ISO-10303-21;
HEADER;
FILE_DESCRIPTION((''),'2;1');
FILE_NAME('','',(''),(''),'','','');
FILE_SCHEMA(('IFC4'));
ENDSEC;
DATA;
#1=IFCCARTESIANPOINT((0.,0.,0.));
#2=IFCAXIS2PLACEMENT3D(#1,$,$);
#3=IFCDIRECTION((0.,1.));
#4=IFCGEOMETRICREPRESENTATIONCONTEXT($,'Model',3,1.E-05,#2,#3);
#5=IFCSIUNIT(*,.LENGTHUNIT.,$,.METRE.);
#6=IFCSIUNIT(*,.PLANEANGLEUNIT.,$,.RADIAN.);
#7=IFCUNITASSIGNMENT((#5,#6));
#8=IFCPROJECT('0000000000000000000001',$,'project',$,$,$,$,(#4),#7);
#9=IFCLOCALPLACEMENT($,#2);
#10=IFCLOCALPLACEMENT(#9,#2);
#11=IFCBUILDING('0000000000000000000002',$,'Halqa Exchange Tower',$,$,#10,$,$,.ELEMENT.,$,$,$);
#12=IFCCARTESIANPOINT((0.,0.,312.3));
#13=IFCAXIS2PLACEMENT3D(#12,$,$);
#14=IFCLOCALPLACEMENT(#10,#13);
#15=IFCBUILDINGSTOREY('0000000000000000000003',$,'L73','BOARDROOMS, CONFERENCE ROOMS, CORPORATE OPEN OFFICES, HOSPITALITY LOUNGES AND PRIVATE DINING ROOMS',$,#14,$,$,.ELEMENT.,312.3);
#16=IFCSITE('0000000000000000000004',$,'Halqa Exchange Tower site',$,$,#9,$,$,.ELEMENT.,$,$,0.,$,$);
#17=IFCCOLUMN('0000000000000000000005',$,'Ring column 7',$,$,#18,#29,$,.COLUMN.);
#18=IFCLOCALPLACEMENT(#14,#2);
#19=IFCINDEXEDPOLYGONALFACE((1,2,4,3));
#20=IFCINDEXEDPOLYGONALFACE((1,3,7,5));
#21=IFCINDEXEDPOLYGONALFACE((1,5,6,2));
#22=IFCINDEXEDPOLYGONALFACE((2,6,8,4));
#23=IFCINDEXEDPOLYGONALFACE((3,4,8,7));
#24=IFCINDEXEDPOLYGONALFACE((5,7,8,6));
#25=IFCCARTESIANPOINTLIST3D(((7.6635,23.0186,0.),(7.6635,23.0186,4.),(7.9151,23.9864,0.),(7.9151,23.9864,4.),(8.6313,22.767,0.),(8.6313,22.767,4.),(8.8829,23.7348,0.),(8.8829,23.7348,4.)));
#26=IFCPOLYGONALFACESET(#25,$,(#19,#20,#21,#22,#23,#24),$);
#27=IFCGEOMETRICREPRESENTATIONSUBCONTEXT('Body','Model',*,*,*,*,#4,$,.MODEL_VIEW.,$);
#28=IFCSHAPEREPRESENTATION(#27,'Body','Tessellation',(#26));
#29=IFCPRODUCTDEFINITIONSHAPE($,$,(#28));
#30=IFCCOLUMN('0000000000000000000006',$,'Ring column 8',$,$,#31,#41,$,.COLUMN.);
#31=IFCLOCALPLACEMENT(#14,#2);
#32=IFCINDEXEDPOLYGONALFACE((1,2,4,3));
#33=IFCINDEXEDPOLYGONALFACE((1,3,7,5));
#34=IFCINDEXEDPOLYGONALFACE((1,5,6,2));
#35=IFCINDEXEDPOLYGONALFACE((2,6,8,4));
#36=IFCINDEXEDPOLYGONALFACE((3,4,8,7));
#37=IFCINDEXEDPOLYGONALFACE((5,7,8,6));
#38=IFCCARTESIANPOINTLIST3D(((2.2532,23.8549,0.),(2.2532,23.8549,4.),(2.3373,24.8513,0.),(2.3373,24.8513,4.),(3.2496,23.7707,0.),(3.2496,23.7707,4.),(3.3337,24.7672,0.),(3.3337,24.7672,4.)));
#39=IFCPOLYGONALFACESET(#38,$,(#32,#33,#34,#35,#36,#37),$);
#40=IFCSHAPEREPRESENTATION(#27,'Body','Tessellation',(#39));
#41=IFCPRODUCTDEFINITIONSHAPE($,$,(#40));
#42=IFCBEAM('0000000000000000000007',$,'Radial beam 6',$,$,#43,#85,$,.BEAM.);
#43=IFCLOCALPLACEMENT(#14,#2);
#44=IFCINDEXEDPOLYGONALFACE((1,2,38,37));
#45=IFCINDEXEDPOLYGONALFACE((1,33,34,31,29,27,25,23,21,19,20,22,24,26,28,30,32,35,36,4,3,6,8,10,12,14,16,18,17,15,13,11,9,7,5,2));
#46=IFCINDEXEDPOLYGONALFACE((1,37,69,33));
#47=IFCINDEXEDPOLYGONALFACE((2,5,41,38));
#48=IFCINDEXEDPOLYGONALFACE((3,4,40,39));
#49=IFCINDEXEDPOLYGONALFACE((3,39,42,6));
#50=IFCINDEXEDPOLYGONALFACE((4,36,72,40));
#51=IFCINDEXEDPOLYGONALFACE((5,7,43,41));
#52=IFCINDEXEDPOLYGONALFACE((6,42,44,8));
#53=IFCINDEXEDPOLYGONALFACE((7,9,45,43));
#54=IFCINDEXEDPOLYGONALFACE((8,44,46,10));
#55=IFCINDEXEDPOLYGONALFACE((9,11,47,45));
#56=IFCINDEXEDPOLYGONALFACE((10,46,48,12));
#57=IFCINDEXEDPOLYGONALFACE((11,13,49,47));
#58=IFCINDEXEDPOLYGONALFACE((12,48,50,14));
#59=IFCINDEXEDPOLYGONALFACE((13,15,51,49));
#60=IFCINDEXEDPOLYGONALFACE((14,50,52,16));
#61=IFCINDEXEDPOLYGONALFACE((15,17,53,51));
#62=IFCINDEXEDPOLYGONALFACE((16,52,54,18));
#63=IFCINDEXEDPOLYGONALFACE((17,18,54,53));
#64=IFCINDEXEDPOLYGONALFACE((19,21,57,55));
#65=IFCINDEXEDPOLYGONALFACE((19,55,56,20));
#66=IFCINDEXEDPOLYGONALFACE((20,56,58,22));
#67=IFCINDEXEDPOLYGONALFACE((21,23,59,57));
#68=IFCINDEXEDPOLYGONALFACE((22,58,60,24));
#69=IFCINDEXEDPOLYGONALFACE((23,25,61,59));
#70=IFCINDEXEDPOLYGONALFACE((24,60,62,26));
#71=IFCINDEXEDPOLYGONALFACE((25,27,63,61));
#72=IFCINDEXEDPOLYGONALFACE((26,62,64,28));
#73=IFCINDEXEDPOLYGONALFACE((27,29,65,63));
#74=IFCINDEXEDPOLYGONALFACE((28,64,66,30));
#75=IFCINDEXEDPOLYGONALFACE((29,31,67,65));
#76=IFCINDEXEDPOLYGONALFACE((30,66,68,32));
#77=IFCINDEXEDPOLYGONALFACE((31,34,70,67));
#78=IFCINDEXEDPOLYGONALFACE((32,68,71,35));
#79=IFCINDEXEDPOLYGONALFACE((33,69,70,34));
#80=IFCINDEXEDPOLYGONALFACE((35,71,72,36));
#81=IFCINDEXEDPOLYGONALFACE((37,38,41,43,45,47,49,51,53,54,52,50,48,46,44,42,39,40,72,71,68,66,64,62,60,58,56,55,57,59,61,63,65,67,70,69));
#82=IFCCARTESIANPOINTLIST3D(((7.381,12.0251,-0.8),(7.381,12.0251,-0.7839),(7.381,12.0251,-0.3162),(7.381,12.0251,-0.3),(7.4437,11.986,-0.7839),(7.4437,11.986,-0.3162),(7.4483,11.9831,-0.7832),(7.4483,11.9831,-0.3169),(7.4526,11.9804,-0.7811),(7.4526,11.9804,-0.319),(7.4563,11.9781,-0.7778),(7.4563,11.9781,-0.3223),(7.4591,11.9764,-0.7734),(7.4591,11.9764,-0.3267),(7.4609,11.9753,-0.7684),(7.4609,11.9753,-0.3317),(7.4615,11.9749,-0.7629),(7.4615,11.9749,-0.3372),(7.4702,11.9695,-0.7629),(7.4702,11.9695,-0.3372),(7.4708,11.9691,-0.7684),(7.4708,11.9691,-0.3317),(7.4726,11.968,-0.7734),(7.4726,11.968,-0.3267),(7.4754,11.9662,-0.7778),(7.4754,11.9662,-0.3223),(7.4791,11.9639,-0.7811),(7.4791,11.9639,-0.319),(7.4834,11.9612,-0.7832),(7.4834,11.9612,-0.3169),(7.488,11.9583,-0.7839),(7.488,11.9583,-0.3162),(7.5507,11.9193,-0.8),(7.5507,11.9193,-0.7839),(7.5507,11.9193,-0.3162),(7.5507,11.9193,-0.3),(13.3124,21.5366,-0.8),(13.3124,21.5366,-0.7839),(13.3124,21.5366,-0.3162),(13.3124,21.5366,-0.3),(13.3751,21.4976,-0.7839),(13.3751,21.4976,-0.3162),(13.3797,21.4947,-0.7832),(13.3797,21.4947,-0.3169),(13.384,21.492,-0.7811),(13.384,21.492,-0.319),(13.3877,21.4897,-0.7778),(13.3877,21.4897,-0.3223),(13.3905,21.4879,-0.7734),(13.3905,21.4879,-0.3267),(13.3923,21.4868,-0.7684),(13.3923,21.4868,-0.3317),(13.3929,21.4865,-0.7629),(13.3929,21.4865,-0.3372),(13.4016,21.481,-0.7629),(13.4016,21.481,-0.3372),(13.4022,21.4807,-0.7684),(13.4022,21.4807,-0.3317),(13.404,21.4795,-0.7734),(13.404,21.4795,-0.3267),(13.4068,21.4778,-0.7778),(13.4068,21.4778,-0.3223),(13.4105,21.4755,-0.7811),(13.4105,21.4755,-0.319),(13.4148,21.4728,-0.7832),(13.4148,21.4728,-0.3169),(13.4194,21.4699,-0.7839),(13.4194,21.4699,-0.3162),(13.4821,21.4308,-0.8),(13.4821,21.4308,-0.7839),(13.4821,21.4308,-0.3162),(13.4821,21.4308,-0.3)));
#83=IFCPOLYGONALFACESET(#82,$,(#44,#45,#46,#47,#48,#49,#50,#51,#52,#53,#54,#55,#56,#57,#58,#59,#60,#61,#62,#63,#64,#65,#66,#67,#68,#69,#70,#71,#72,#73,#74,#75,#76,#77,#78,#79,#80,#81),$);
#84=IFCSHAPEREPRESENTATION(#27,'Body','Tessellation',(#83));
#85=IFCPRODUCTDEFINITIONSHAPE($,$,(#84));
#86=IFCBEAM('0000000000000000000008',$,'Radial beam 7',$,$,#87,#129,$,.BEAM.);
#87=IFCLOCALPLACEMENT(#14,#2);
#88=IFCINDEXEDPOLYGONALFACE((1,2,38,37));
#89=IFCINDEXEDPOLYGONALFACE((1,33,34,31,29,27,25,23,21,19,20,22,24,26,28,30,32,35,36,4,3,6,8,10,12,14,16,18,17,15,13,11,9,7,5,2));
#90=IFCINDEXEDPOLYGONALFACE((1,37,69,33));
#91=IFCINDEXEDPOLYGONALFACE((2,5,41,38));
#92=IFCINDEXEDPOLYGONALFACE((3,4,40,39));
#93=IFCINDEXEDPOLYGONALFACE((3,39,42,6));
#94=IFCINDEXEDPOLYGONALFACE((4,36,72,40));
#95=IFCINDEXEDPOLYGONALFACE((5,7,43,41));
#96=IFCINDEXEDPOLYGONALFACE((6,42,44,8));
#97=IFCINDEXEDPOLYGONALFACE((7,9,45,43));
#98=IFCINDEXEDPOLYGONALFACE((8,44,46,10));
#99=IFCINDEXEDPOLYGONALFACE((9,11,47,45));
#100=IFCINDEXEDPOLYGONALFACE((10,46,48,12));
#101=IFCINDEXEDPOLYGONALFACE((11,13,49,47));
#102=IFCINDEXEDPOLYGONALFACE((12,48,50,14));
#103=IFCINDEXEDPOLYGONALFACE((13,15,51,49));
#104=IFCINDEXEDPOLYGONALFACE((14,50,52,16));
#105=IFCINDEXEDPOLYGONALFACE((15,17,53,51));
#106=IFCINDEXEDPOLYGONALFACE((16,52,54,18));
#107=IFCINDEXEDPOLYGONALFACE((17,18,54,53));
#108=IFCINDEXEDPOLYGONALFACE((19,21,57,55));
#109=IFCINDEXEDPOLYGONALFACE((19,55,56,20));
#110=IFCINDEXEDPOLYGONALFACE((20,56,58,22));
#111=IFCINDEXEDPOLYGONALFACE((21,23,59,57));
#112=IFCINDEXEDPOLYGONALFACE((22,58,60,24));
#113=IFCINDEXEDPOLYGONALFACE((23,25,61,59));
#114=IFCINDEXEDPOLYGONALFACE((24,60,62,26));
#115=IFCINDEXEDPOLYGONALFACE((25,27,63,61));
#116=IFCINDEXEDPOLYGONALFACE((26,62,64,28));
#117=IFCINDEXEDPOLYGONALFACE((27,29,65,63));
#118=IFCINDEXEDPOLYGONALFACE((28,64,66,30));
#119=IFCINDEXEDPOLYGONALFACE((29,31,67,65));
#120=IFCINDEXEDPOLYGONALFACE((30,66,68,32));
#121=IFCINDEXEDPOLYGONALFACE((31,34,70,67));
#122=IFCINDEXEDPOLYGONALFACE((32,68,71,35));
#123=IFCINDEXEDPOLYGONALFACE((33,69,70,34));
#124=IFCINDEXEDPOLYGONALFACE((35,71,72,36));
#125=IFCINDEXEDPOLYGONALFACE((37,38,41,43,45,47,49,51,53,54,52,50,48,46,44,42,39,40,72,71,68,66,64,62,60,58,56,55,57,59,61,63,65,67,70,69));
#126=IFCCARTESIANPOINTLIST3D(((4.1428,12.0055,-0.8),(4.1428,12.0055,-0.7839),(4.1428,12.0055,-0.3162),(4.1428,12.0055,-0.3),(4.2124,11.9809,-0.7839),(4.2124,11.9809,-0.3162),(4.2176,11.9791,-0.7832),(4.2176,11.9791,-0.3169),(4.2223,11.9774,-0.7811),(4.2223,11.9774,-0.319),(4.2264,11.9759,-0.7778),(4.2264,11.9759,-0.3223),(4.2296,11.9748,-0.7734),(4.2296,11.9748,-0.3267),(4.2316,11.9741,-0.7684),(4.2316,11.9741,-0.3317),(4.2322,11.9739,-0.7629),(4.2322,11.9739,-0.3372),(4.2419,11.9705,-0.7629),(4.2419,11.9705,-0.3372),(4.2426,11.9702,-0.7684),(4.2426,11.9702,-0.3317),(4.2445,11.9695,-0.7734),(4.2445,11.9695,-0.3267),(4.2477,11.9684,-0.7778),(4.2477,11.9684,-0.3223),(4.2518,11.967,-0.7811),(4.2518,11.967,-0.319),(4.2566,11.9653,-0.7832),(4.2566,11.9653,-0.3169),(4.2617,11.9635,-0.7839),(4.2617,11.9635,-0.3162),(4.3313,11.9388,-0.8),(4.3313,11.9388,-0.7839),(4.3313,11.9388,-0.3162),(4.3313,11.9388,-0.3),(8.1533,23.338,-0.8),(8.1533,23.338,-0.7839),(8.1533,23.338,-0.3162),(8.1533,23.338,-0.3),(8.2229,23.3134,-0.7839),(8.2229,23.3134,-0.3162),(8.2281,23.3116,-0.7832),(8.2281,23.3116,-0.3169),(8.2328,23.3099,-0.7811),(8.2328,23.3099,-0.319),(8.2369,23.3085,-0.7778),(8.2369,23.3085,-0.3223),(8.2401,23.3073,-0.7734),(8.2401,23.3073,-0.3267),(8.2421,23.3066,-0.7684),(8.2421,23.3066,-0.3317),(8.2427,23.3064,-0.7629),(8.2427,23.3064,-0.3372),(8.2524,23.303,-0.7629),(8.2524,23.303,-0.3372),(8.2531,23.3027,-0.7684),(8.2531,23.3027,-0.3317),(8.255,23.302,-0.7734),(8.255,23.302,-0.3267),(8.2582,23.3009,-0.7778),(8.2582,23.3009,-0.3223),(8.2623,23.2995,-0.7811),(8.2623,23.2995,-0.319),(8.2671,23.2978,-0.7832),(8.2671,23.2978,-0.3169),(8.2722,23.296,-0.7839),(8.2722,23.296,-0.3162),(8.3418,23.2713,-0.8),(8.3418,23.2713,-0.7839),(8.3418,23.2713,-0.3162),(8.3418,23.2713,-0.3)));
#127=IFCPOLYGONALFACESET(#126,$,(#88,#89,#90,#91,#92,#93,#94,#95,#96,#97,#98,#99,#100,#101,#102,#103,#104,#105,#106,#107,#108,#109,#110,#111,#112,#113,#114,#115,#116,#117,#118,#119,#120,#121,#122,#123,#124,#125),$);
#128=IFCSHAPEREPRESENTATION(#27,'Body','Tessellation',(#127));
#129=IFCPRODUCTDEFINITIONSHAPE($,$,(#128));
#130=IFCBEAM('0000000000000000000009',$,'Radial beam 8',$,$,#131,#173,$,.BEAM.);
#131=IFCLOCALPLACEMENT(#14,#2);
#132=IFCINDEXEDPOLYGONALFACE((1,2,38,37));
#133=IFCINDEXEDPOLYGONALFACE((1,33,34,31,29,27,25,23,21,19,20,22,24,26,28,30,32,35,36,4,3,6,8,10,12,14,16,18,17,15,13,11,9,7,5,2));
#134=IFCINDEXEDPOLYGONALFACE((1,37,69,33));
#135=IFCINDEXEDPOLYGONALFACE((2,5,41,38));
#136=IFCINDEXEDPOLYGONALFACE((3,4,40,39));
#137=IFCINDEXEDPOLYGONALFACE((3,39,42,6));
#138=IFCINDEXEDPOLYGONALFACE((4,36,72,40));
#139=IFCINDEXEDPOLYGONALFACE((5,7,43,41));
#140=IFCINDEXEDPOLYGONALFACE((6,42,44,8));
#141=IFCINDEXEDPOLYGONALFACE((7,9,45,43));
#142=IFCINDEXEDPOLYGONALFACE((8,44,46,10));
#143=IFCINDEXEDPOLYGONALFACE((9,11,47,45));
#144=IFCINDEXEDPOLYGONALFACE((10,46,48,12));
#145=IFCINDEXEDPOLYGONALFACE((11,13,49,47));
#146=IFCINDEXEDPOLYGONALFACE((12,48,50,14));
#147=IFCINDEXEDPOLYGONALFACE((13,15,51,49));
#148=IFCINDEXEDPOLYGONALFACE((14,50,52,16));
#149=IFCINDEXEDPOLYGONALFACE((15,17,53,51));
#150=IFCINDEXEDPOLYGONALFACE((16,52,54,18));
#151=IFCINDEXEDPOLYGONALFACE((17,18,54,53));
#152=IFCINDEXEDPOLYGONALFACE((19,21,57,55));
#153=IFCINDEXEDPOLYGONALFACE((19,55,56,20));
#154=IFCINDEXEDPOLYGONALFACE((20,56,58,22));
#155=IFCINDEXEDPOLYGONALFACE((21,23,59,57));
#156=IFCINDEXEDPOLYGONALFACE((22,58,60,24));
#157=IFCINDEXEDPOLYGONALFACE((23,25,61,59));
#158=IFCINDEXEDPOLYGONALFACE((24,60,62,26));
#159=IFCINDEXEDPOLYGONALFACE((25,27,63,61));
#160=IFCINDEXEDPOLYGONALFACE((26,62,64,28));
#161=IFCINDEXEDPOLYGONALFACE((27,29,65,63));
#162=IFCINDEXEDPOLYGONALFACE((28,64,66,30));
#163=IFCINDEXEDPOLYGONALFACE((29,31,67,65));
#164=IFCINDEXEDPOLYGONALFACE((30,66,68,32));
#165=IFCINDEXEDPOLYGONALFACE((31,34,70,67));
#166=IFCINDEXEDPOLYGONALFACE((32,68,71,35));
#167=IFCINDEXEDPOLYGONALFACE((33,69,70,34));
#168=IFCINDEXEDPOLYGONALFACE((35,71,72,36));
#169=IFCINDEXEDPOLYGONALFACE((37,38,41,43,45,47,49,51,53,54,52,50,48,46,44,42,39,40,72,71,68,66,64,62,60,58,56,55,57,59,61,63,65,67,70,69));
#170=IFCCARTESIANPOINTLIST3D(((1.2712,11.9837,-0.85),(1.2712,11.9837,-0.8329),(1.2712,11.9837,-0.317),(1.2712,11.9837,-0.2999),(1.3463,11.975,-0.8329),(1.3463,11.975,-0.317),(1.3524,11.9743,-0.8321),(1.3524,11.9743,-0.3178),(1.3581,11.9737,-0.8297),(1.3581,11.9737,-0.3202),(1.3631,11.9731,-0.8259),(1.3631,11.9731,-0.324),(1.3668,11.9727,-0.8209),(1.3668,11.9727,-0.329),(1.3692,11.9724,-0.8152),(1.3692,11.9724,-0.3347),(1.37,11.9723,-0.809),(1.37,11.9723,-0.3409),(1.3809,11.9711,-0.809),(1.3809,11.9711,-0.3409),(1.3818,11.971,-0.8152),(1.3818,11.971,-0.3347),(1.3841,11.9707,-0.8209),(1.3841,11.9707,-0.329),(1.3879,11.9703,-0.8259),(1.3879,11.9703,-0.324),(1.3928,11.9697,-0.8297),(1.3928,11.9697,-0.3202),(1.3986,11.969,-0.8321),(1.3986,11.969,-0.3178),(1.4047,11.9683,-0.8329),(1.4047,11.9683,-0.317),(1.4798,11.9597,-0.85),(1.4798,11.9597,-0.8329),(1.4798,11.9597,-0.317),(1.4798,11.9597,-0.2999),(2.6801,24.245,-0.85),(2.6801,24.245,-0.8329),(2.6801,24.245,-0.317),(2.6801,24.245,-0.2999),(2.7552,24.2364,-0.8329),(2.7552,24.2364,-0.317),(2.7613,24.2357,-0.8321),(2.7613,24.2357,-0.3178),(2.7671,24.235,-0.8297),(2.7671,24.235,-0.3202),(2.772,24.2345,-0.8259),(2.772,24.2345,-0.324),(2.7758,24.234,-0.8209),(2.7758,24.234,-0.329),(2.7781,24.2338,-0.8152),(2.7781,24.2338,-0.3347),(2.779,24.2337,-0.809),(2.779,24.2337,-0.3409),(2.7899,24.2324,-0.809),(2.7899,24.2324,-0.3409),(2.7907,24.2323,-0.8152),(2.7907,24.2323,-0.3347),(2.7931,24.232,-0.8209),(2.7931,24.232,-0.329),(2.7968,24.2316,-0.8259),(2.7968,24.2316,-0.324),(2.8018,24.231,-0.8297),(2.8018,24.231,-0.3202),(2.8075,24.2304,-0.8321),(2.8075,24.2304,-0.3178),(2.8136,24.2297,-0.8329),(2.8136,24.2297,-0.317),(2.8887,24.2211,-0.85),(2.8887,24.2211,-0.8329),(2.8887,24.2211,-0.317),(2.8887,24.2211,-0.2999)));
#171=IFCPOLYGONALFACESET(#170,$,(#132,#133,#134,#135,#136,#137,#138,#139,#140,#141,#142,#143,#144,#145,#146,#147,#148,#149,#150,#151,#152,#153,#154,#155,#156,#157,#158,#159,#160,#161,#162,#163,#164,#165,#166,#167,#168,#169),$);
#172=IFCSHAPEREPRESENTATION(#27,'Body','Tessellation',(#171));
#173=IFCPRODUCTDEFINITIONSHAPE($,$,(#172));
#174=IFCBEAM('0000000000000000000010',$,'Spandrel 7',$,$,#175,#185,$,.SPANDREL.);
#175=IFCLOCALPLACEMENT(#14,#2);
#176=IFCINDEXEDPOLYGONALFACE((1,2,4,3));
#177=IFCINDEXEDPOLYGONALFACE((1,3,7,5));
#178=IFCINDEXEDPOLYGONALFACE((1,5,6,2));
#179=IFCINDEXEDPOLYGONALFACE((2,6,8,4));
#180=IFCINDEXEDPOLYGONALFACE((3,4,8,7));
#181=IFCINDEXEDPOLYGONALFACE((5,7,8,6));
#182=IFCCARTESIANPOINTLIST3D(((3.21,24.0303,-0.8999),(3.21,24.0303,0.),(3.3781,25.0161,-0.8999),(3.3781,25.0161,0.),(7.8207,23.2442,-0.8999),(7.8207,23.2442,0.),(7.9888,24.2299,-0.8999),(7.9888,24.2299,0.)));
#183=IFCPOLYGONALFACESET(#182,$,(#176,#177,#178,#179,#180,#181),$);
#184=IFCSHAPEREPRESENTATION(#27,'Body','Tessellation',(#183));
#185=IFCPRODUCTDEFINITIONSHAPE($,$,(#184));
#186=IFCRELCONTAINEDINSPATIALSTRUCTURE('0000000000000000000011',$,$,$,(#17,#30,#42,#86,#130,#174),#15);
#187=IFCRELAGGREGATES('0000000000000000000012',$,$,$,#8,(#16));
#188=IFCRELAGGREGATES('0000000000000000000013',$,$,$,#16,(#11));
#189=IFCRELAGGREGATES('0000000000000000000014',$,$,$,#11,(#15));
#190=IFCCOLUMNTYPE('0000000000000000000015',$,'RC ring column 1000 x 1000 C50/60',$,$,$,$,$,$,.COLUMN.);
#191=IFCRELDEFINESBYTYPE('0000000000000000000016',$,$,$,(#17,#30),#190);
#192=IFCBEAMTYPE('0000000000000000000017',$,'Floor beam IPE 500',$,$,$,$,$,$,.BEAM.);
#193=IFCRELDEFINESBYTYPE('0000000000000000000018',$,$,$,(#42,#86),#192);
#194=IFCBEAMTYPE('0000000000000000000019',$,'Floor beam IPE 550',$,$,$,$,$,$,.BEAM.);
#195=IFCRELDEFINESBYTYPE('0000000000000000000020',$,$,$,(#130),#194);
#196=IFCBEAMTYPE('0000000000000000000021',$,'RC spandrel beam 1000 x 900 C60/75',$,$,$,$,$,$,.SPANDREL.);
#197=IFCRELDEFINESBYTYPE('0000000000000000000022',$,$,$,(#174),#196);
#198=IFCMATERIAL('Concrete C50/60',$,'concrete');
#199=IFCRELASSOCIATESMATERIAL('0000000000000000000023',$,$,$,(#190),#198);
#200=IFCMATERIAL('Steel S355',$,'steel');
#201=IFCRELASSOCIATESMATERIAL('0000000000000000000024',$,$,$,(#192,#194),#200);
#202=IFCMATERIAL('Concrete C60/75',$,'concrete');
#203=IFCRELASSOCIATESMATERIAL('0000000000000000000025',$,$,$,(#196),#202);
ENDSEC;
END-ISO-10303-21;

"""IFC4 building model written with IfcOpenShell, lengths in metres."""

from ifc_helpers import new_model, si_unit, direction, frame, origin, origin_2d, place, context, subcontext, project, spatial, rectangle, i_section, extrude, material, material_profile, profile_set, type_object, element, save


model = new_model("IFC4")

# Units and contexts
model_context = context("Model", 3, precision=1e-05, world=origin(), true_north=direction((0.0, 1.0)))
body_context = subcontext(model_context, "Body", "Model", "MODEL_VIEW")
ifc_project = project(units=[si_unit("LENGTHUNIT", "METRE"), si_unit("PLANEANGLEUNIT", "RADIAN")], contexts=[model_context])

# Site, building, storey
site_placement = place(None, origin())
site = spatial("IfcSite", under=ifc_project, at=site_placement, Name="Halqa Exchange Tower site", CompositionType="ELEMENT", RefElevation=0.0)
building_placement = place(site_placement, origin())
building = spatial("IfcBuilding", under=site, at=building_placement, Name="Halqa Exchange Tower", CompositionType="ELEMENT")
storey_placement = place(building_placement, frame((0.0, 0.0, 312.3)))
storey = spatial("IfcBuildingStorey", under=building, at=storey_placement, Name="L73", Description="BOARDROOMS, CONFERENCE ROOMS, CORPORATE OPEN OFFICES, HOSPITALITY LOUNGES AND PRIVATE DINING ROOMS", CompositionType="ELEMENT", Elevation=312.3)

# Columns
ifc_material_1 = material(Name="Concrete C50/60", Category="concrete")
ifc_material_profile_1 = material_profile(ifc_material_1, rectangle(XDim=1.0, YDim=1.0, at=origin_2d()), Name="1000 x 1000")
ifc_profile_set_1 = profile_set([ifc_material_profile_1], Name="Concrete C50/60")
column_type = type_object("IfcColumnType", Name="RC ring column 1000 x 1000 C50/60", PredefinedType="COLUMN", material=ifc_profile_set_1)
for number, where, z_axis, x_axis, name in (
    (1, (8.2732, 23.3767, 0.0), (0.0, 0.0, 1.0), (-0.967819, 0.251647, 0.0), "Ring column 7"),
    (2, (2.7935, 24.311, 0.0), (0.0, 0.0, 1.0), (-0.996455, 0.084127, 0.0), "Ring column 8"),
):
    element("IfcColumn", number, at=place(storey_placement, frame(where, z_axis=z_axis, x_axis=x_axis)), inside=storey, type_object=column_type, Name=name, PredefinedType="COLUMN", context=body_context, shape_type="SweptSolid", body=[
        extrude(rectangle(XDim=1.0, YDim=1.0, at=origin_2d()), origin(), (0.0, 0.0, 1.0), 4.0),
    ])

# Beams
ifc_material_2 = material(Name="Steel S355", Category="steel")
ifc_material_profile_2 = material_profile(ifc_material_2, i_section(OverallWidth=0.2, OverallDepth=0.5, WebThickness=0.0103, FlangeThickness=0.0161, FilletRadius=0.021, at=origin_2d()), Name="IPE 500")
ifc_profile_set_2 = profile_set([ifc_material_profile_2], Name="Steel S355")
beam_type_1 = type_object("IfcBeamType", Name="Floor beam IPE 500", PredefinedType="BEAM", material=ifc_profile_set_2)
beam_1_placement = place(storey_placement, frame((7.4658, 11.9722, -0.55), z_axis=(0.529147, 0.84853, 0.0), x_axis=(-0.84853, 0.529147, 0.0)))
element("IfcBeam", 3, at=beam_1_placement, inside=storey, type_object=beam_type_1, Name="Radial beam 6", PredefinedType="BEAM", context=body_context, shape_type="SweptSolid", body=[
    extrude(i_section(OverallWidth=0.2, OverallDepth=0.5, WebThickness=0.0103, FlangeThickness=0.0161, FilletRadius=0.021, at=origin_2d()), origin(), (0.0, 0.0, 1.0), 11.2095),
])
beam_2_placement = place(storey_placement, frame((4.2371, 11.9722, -0.55), z_axis=(0.333618, 0.942708, 0.0), x_axis=(-0.942708, 0.333618, 0.0)))
element("IfcBeam", 4, at=beam_2_placement, inside=storey, type_object=beam_type_1, Name="Radial beam 7", PredefinedType="BEAM", context=body_context, shape_type="SweptSolid", body=[
    extrude(i_section(OverallWidth=0.2, OverallDepth=0.5, WebThickness=0.0103, FlangeThickness=0.0161, FilletRadius=0.021, at=origin_2d()), origin(), (0.0, 0.0, 1.0), 12.0212),
])
ifc_material_profile_3 = material_profile(ifc_material_2, i_section(OverallWidth=0.21, OverallDepth=0.55, WebThickness=0.011, FlangeThickness=0.0171, FilletRadius=0.0239, at=origin_2d()), Name="IPE 550")
ifc_profile_set_3 = profile_set([ifc_material_profile_3], Name="Steel S355")
beam_type_2 = type_object("IfcBeamType", Name="Floor beam IPE 550", PredefinedType="BEAM", material=ifc_profile_set_3)
beam_3_placement = place(storey_placement, frame((1.3755, 11.9717, -0.575), z_axis=(0.114156, 0.993463, 0.0), x_axis=(-0.993463, 0.114156, 0.0)))
element("IfcBeam", 5, at=beam_3_placement, inside=storey, type_object=beam_type_2, Name="Radial beam 8", PredefinedType="BEAM", context=body_context, shape_type="SweptSolid", body=[
    extrude(i_section(OverallWidth=0.21, OverallDepth=0.55, WebThickness=0.011, FlangeThickness=0.0171, FilletRadius=0.0239, at=origin_2d()), origin(), (0.0, 0.0, 1.0), 12.342),
])
ifc_material_3 = material(Name="Concrete C60/75", Category="concrete")
ifc_material_profile_4 = material_profile(ifc_material_3, rectangle(XDim=1.0, YDim=0.8999, at=origin_2d()), Name="1000 x 900")
ifc_profile_set_4 = profile_set([ifc_material_profile_4], Name="Concrete C60/75")
beam_type_3 = type_object("IfcBeamType", Name="RC spandrel beam 1000 x 900 C60/75", PredefinedType="SPANDREL", material=ifc_profile_set_4)
beam_4_placement = place(storey_placement, frame((7.9048, 23.7371, -0.45), z_axis=(-0.985773, 0.16808, 0.0), x_axis=(-0.16808, -0.985773, 0.0)))
element("IfcBeam", 6, at=beam_4_placement, inside=storey, type_object=beam_type_3, Name="Spandrel 7", PredefinedType="SPANDREL", context=body_context, shape_type="SweptSolid", body=[
    extrude(rectangle(XDim=1.0, YDim=0.8999, at=origin_2d()), origin(), (0.0, 0.0, 1.0), 4.6772),
])

save(model, "model.ifc")
